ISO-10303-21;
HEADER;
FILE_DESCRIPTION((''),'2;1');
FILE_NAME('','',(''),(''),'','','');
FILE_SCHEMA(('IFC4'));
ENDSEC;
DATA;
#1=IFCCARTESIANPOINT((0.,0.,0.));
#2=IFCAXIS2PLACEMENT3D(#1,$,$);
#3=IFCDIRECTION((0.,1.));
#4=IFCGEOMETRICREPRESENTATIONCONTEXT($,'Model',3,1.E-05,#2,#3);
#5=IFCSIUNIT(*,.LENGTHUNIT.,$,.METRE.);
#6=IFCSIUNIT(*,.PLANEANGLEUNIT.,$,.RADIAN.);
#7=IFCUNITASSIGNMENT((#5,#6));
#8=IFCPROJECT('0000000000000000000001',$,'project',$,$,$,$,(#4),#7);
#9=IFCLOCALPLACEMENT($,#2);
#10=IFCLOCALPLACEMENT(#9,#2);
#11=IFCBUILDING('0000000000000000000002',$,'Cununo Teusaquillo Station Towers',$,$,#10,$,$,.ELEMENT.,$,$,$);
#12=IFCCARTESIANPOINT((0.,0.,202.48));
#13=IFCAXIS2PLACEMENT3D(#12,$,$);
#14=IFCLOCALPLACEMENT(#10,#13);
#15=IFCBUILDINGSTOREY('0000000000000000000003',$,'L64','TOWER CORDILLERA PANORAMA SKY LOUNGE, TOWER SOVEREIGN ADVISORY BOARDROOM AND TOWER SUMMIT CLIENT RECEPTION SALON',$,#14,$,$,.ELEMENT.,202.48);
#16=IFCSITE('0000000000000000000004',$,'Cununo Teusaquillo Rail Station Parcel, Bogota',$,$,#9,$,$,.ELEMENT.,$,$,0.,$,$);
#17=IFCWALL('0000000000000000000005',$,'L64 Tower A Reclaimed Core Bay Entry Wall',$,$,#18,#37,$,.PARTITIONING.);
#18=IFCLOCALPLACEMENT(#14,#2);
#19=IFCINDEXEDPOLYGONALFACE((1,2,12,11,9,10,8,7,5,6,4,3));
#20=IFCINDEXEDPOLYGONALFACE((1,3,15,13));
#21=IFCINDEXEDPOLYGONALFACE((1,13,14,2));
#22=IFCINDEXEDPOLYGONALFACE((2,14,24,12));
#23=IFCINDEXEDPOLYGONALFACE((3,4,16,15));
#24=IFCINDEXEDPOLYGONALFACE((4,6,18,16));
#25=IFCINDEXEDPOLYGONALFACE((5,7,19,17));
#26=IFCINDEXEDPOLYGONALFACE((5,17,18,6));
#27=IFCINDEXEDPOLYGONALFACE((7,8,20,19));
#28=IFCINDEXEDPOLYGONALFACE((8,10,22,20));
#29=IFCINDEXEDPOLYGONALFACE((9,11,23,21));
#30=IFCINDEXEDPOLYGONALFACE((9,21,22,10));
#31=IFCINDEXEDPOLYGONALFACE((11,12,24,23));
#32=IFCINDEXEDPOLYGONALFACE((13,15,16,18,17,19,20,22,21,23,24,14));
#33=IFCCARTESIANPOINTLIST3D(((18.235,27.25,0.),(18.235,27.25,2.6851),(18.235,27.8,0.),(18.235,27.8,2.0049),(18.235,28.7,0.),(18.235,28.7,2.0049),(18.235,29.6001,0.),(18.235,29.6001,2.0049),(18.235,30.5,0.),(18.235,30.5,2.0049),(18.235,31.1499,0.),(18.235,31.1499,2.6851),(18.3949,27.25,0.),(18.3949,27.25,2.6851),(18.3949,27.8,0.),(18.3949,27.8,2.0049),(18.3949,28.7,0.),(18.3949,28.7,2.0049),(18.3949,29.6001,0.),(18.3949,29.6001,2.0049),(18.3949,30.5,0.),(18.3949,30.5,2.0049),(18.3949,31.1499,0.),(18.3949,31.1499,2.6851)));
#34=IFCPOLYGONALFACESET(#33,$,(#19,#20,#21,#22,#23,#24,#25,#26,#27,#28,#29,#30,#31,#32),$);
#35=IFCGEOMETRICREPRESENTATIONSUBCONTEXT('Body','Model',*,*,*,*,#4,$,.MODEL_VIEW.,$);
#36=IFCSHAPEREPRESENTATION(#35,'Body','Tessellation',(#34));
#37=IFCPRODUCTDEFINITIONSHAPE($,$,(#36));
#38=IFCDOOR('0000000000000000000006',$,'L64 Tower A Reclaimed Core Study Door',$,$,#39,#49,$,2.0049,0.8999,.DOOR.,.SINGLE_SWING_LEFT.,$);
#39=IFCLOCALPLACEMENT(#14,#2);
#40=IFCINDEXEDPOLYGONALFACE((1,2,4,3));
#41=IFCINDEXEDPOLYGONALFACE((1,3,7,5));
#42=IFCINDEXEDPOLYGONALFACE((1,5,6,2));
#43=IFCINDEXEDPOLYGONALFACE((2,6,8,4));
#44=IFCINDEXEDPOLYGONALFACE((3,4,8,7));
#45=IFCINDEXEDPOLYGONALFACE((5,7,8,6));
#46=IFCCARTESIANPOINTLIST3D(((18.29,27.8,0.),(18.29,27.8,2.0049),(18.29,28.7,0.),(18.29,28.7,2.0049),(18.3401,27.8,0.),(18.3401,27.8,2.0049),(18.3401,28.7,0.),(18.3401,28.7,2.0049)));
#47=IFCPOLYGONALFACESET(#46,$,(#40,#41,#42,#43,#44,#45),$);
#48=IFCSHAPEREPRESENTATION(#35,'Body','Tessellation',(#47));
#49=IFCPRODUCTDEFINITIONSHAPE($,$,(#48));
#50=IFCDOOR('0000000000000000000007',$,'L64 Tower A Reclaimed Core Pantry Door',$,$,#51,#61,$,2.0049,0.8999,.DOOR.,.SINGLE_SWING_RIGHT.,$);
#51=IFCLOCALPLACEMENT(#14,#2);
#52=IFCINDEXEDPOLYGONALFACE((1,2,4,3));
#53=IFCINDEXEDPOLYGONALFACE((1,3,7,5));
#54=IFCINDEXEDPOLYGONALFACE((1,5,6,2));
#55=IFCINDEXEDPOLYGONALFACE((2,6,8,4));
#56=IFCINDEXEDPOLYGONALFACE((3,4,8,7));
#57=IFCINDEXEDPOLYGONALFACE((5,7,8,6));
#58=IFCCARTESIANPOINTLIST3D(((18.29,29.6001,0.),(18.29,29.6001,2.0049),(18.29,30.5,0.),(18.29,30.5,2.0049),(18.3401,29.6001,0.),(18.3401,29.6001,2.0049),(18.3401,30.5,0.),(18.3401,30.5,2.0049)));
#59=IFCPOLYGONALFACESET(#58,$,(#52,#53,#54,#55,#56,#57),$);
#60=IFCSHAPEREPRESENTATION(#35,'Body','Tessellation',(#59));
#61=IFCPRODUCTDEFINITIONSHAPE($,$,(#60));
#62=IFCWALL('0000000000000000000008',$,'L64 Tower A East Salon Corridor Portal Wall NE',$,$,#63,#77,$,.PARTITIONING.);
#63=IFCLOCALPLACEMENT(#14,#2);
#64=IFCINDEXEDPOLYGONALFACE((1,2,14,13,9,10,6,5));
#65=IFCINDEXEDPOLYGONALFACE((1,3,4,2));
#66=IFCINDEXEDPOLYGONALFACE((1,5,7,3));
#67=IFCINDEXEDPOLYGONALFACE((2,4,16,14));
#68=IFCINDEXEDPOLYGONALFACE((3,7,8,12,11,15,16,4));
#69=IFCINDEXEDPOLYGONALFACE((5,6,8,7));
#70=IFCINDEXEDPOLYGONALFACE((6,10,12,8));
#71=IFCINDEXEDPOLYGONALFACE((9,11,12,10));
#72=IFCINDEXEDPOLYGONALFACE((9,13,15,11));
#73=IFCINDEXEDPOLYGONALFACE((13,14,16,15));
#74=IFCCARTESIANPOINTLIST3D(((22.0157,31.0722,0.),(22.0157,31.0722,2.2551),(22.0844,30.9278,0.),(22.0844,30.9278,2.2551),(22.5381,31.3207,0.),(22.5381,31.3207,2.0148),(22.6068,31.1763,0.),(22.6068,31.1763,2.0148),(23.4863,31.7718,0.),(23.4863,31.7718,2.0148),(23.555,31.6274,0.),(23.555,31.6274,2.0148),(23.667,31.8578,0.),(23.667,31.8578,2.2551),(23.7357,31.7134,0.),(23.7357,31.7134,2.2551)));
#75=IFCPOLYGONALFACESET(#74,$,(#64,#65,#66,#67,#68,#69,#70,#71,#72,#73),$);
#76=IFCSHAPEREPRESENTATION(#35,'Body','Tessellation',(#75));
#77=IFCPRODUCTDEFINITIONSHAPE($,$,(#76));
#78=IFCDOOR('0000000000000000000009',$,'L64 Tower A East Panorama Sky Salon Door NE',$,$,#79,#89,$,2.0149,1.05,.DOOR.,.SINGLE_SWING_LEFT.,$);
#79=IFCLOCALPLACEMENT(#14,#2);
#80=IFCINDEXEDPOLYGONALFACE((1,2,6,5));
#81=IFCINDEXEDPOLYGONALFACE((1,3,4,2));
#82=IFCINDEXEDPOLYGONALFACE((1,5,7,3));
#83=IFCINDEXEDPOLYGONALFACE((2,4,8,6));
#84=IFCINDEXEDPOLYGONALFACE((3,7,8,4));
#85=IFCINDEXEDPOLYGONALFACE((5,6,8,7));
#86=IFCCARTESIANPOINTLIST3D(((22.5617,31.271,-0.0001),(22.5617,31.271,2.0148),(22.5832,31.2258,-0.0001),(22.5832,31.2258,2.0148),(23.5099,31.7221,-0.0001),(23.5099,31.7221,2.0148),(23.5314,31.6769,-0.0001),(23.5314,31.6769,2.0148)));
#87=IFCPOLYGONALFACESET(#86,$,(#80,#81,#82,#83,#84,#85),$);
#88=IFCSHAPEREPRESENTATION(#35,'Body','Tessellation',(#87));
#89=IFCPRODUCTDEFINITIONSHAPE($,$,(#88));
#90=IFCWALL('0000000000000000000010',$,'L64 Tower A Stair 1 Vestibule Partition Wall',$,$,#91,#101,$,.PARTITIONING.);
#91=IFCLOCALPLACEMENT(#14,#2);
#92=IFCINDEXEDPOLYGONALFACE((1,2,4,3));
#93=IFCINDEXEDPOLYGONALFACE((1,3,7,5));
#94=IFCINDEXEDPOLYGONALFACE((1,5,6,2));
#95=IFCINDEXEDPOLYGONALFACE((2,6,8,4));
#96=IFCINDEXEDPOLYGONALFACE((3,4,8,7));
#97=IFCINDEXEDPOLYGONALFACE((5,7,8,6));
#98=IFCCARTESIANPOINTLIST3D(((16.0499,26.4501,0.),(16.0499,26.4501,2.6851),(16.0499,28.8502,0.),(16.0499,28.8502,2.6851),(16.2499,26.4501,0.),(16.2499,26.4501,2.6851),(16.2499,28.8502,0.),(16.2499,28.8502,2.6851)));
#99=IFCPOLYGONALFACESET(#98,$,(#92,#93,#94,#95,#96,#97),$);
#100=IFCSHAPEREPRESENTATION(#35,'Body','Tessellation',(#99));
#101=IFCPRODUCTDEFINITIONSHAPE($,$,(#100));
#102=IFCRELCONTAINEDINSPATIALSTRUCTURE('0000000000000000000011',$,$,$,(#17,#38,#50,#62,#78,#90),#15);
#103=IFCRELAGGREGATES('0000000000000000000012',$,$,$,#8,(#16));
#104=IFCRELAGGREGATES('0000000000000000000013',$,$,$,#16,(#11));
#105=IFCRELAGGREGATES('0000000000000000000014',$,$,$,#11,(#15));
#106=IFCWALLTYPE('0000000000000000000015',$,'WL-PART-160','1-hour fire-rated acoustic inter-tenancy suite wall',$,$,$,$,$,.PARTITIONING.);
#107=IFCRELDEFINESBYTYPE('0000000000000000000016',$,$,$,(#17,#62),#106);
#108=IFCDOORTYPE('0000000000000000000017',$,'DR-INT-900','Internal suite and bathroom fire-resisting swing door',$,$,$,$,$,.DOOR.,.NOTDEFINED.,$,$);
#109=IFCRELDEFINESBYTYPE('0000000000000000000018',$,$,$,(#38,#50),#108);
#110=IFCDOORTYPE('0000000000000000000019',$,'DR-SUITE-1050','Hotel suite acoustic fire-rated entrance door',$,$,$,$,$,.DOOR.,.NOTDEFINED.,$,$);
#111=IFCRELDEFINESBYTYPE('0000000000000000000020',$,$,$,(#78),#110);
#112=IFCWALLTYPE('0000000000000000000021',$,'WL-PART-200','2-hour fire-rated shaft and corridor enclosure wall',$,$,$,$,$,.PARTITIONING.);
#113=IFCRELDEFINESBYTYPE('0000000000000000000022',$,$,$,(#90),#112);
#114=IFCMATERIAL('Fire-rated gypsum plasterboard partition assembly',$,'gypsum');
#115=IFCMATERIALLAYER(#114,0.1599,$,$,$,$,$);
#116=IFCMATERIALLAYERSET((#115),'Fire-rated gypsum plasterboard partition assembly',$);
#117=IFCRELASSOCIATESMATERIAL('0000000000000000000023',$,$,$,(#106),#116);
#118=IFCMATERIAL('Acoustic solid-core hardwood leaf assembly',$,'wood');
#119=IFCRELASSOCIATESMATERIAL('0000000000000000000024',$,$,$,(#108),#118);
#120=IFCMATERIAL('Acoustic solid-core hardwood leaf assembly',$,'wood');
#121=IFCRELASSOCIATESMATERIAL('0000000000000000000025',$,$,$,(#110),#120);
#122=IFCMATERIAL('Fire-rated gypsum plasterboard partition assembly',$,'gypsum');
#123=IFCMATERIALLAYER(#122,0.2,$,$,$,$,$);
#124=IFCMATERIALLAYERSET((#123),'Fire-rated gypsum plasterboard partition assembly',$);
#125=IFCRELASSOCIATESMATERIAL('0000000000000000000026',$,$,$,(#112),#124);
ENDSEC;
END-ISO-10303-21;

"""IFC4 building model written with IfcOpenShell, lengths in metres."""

from ifc_helpers import new_model, si_unit, direction, frame, frame_2d, origin, place, context, subcontext, project, spatial, rectangle, extrude, source, transform, mapped, material, layer, layer_set, type_object, element, fill, save


model = new_model("IFC4")

# Units and contexts
model_context = context("Model", 3, precision=1e-05, world=origin(), true_north=direction((0.0, 1.0)))
body_context = subcontext(model_context, "Body", "Model", "MODEL_VIEW")
ifc_project = project(units=[si_unit("LENGTHUNIT", "METRE"), si_unit("PLANEANGLEUNIT", "RADIAN")], contexts=[model_context])

# Site, building, storey
site_placement = place(None, origin())
site = spatial("IfcSite", under=ifc_project, at=site_placement, Name="Cununo Teusaquillo Rail Station Parcel, Bogota", CompositionType="ELEMENT", RefElevation=0.0)
building_placement = place(site_placement, origin())
building = spatial("IfcBuilding", under=site, at=building_placement, Name="Cununo Teusaquillo Station Towers", CompositionType="ELEMENT")
storey_placement = place(building_placement, frame((0.0, 0.0, 202.48)))
storey = spatial("IfcBuildingStorey", under=building, at=storey_placement, Name="L64", Description="TOWER CORDILLERA PANORAMA SKY LOUNGE, TOWER SOVEREIGN ADVISORY BOARDROOM AND TOWER SUMMIT CLIENT RECEPTION SALON", CompositionType="ELEMENT", Elevation=202.48)

# Shared definitions
shared_shape_1 = source(origin(), body_context, "Body", "SweptSolid", [
    extrude(rectangle(XDim=0.8999, YDim=2.0049, at=frame_2d((0.45, 1.0024))), frame((0.0, 0.0249, 0.0), z_axis=(0.0, -1.0, 0.0), x_axis=(1.0, 0.0, 0.0)), (0.0, 0.0, 1.0), 0.05),
])

# Wall, openings, doors
ifc_material_1 = material(Name="Fire-rated gypsum plasterboard partition assembly", Category="gypsum")
ifc_layer_1 = layer(ifc_material_1, 0.1599)
ifc_layer_set_1 = layer_set([ifc_layer_1], Name="Fire-rated gypsum plasterboard partition assembly")
wall_type_1 = type_object("IfcWallType", Name="WL-PART-160", Description="1-hour fire-rated acoustic inter-tenancy suite wall", PredefinedType="PARTITIONING", material=ifc_layer_set_1)
wall_1_placement = place(storey_placement, frame((18.3149, 27.25, 0.0), z_axis=(0.0, 0.0, 1.0), x_axis=(0.0, 1.0, 0.0)))
wall_1 = element("IfcWall", 1, at=wall_1_placement, inside=storey, type_object=wall_type_1, Name="L64 Tower A Reclaimed Core Bay Entry Wall", PredefinedType="PARTITIONING", context=body_context, shape_type="SweptSolid", body=[
    extrude(rectangle(XDim=3.8999, YDim=0.1599, at=frame_2d((1.95, 0.0))), origin(), (0.0, 0.0, 1.0), 2.6851),
])
shared_shape_2 = source(origin(), body_context, "Body", "SweptSolid", [
    extrude(rectangle(XDim=0.8999, YDim=2.0049, at=frame_2d((0.45, 1.0024))), frame((0.0, 0.0898, 0.0), z_axis=(0.0, -1.0, 0.0), x_axis=(1.0, 0.0, 0.0)), (0.0, 0.0, 1.0), 0.1799),
])
opening_1_placement = place(wall_1_placement, frame((0.55, 0.0, 0.0)))
opening_1 = element("IfcOpeningElement", 2, at=opening_1_placement, cuts=wall_1, PredefinedType="OPENING", context=body_context, shape_type="MappedRepresentation", body=[
    mapped(shared_shape_2, transform((0.0, 0.0, 0.0), x_axis=(1.0, 0.0, 0.0), y_axis=(0.0, 1.0, 0.0), z_axis=(0.0, 0.0, 1.0), scale=1.0)),
])
opening_2_placement = place(wall_1_placement, frame((2.3501, 0.0, 0.0)))
opening_2 = element("IfcOpeningElement", 3, at=opening_2_placement, cuts=wall_1, PredefinedType="OPENING", context=body_context, shape_type="MappedRepresentation", body=[
    mapped(shared_shape_2, transform((0.0, 0.0, 0.0), x_axis=(1.0, 0.0, 0.0), y_axis=(0.0, 1.0, 0.0), z_axis=(0.0, 0.0, 1.0), scale=1.0)),
])
ifc_material_2 = material(Name="Acoustic solid-core hardwood leaf assembly", Category="wood")
door_type_1 = type_object("IfcDoorType", Name="DR-INT-900", Description="Internal suite and bathroom fire-resisting swing door", OperationType="NOTDEFINED", PredefinedType="DOOR", material=ifc_material_2)
door_1_placement = place(opening_1_placement, origin())
door_1 = element("IfcDoor", 4, at=door_1_placement, inside=storey, type_object=door_type_1, Name="L64 Tower A Reclaimed Core Study Door", OperationType="SINGLE_SWING_LEFT", OverallHeight=2.0049, OverallWidth=0.8999, PredefinedType="DOOR", context=body_context, shape_type="MappedRepresentation", body=[
    mapped(shared_shape_1, transform((0.0, 0.0, 0.0), x_axis=(1.0, 0.0, 0.0), y_axis=(0.0, 1.0, 0.0), z_axis=(0.0, 0.0, 1.0), scale=1.0)),
])
fill(opening_1, door_1)
door_2_placement = place(opening_2_placement, origin())
door_2 = element("IfcDoor", 5, at=door_2_placement, inside=storey, type_object=door_type_1, Name="L64 Tower A Reclaimed Core Pantry Door", OperationType="SINGLE_SWING_RIGHT", OverallHeight=2.0049, OverallWidth=0.8999, PredefinedType="DOOR", context=body_context, shape_type="MappedRepresentation", body=[
    mapped(shared_shape_1, transform((0.0, 0.0, 0.0), x_axis=(1.0, 0.0, 0.0), y_axis=(0.0, 1.0, 0.0), z_axis=(0.0, 0.0, 1.0), scale=1.0)),
])
fill(opening_2, door_2)

# Wall, opening, door
wall_2_placement = place(storey_placement, frame((22.05, 31.0, 0.0), z_axis=(0.0, 0.0, 1.0), x_axis=(0.903013, 0.429612, 0.0)))
wall_2 = element("IfcWall", 6, at=wall_2_placement, inside=storey, type_object=wall_type_1, Name="L64 Tower A East Salon Corridor Portal Wall NE", PredefinedType="PARTITIONING", context=body_context, shape_type="SweptSolid", body=[
    extrude(rectangle(XDim=1.8286, YDim=0.1599, at=frame_2d((0.9143, 0.0))), origin(), (0.0, 0.0, 1.0), 2.2551),
])
shared_shape_3 = source(origin(), body_context, "Body", "SweptSolid", [
    extrude(rectangle(XDim=1.05, YDim=2.0149, at=frame_2d((0.5249, 1.0073))), frame((0.0, 0.0898, 0.0), z_axis=(0.0, -1.0, 0.0), x_axis=(1.0, 0.0, 0.0)), (0.0, 0.0, 1.0), 0.1799),
])
opening_3_placement = place(wall_2_placement, frame((0.5786, 0.0, 0.0)))
opening_3 = element("IfcOpeningElement", 7, at=opening_3_placement, cuts=wall_2, PredefinedType="OPENING", context=body_context, shape_type="MappedRepresentation", body=[
    mapped(shared_shape_3, transform((0.0, 0.0, 0.0), x_axis=(1.0, 0.0, 0.0), y_axis=(0.0, 1.0, 0.0), z_axis=(0.0, 0.0, 1.0), scale=1.0)),
])
ifc_material_3 = material(Name="Acoustic solid-core hardwood leaf assembly", Category="wood")
door_type_2 = type_object("IfcDoorType", Name="DR-SUITE-1050", Description="Hotel suite acoustic fire-rated entrance door", OperationType="NOTDEFINED", PredefinedType="DOOR", material=ifc_material_3)
shared_shape_4 = source(origin(), body_context, "Body", "SweptSolid", [
    extrude(rectangle(XDim=1.05, YDim=2.0149, at=frame_2d((0.5249, 1.0073))), frame((0.0, 0.0249, 0.0), z_axis=(0.0, -1.0, 0.0), x_axis=(1.0, 0.0, 0.0)), (0.0, 0.0, 1.0), 0.05),
])
door_3_placement = place(opening_3_placement, origin())
door_3 = element("IfcDoor", 8, at=door_3_placement, inside=storey, type_object=door_type_2, Name="L64 Tower A East Panorama Sky Salon Door NE", OperationType="SINGLE_SWING_LEFT", OverallHeight=2.0149, OverallWidth=1.05, PredefinedType="DOOR", context=body_context, shape_type="MappedRepresentation", body=[
    mapped(shared_shape_4, transform((0.0, 0.0, 0.0), x_axis=(1.0, 0.0, 0.0), y_axis=(0.0, 1.0, 0.0), z_axis=(0.0, 0.0, 1.0), scale=1.0)),
])
fill(opening_3, door_3)

# Wall
ifc_material_4 = material(Name="Fire-rated gypsum plasterboard partition assembly", Category="gypsum")
ifc_layer_2 = layer(ifc_material_4, 0.2)
ifc_layer_set_2 = layer_set([ifc_layer_2], Name="Fire-rated gypsum plasterboard partition assembly")
wall_type_2 = type_object("IfcWallType", Name="WL-PART-200", Description="2-hour fire-rated shaft and corridor enclosure wall", PredefinedType="PARTITIONING", material=ifc_layer_set_2)
wall_3_placement = place(storey_placement, frame((16.1499, 26.45, 0.0), z_axis=(0.0, 0.0, 1.0), x_axis=(0.0, 1.0, 0.0)))
element("IfcWall", 9, at=wall_3_placement, inside=storey, type_object=wall_type_2, Name="L64 Tower A Stair 1 Vestibule Partition Wall", PredefinedType="PARTITIONING", context=body_context, shape_type="SweptSolid", body=[
    extrude(rectangle(XDim=2.4001, YDim=0.2, at=frame_2d((1.2002, 0.0))), origin(), (0.0, 0.0, 1.0), 2.6851),
])

save(model, "model.ifc")
